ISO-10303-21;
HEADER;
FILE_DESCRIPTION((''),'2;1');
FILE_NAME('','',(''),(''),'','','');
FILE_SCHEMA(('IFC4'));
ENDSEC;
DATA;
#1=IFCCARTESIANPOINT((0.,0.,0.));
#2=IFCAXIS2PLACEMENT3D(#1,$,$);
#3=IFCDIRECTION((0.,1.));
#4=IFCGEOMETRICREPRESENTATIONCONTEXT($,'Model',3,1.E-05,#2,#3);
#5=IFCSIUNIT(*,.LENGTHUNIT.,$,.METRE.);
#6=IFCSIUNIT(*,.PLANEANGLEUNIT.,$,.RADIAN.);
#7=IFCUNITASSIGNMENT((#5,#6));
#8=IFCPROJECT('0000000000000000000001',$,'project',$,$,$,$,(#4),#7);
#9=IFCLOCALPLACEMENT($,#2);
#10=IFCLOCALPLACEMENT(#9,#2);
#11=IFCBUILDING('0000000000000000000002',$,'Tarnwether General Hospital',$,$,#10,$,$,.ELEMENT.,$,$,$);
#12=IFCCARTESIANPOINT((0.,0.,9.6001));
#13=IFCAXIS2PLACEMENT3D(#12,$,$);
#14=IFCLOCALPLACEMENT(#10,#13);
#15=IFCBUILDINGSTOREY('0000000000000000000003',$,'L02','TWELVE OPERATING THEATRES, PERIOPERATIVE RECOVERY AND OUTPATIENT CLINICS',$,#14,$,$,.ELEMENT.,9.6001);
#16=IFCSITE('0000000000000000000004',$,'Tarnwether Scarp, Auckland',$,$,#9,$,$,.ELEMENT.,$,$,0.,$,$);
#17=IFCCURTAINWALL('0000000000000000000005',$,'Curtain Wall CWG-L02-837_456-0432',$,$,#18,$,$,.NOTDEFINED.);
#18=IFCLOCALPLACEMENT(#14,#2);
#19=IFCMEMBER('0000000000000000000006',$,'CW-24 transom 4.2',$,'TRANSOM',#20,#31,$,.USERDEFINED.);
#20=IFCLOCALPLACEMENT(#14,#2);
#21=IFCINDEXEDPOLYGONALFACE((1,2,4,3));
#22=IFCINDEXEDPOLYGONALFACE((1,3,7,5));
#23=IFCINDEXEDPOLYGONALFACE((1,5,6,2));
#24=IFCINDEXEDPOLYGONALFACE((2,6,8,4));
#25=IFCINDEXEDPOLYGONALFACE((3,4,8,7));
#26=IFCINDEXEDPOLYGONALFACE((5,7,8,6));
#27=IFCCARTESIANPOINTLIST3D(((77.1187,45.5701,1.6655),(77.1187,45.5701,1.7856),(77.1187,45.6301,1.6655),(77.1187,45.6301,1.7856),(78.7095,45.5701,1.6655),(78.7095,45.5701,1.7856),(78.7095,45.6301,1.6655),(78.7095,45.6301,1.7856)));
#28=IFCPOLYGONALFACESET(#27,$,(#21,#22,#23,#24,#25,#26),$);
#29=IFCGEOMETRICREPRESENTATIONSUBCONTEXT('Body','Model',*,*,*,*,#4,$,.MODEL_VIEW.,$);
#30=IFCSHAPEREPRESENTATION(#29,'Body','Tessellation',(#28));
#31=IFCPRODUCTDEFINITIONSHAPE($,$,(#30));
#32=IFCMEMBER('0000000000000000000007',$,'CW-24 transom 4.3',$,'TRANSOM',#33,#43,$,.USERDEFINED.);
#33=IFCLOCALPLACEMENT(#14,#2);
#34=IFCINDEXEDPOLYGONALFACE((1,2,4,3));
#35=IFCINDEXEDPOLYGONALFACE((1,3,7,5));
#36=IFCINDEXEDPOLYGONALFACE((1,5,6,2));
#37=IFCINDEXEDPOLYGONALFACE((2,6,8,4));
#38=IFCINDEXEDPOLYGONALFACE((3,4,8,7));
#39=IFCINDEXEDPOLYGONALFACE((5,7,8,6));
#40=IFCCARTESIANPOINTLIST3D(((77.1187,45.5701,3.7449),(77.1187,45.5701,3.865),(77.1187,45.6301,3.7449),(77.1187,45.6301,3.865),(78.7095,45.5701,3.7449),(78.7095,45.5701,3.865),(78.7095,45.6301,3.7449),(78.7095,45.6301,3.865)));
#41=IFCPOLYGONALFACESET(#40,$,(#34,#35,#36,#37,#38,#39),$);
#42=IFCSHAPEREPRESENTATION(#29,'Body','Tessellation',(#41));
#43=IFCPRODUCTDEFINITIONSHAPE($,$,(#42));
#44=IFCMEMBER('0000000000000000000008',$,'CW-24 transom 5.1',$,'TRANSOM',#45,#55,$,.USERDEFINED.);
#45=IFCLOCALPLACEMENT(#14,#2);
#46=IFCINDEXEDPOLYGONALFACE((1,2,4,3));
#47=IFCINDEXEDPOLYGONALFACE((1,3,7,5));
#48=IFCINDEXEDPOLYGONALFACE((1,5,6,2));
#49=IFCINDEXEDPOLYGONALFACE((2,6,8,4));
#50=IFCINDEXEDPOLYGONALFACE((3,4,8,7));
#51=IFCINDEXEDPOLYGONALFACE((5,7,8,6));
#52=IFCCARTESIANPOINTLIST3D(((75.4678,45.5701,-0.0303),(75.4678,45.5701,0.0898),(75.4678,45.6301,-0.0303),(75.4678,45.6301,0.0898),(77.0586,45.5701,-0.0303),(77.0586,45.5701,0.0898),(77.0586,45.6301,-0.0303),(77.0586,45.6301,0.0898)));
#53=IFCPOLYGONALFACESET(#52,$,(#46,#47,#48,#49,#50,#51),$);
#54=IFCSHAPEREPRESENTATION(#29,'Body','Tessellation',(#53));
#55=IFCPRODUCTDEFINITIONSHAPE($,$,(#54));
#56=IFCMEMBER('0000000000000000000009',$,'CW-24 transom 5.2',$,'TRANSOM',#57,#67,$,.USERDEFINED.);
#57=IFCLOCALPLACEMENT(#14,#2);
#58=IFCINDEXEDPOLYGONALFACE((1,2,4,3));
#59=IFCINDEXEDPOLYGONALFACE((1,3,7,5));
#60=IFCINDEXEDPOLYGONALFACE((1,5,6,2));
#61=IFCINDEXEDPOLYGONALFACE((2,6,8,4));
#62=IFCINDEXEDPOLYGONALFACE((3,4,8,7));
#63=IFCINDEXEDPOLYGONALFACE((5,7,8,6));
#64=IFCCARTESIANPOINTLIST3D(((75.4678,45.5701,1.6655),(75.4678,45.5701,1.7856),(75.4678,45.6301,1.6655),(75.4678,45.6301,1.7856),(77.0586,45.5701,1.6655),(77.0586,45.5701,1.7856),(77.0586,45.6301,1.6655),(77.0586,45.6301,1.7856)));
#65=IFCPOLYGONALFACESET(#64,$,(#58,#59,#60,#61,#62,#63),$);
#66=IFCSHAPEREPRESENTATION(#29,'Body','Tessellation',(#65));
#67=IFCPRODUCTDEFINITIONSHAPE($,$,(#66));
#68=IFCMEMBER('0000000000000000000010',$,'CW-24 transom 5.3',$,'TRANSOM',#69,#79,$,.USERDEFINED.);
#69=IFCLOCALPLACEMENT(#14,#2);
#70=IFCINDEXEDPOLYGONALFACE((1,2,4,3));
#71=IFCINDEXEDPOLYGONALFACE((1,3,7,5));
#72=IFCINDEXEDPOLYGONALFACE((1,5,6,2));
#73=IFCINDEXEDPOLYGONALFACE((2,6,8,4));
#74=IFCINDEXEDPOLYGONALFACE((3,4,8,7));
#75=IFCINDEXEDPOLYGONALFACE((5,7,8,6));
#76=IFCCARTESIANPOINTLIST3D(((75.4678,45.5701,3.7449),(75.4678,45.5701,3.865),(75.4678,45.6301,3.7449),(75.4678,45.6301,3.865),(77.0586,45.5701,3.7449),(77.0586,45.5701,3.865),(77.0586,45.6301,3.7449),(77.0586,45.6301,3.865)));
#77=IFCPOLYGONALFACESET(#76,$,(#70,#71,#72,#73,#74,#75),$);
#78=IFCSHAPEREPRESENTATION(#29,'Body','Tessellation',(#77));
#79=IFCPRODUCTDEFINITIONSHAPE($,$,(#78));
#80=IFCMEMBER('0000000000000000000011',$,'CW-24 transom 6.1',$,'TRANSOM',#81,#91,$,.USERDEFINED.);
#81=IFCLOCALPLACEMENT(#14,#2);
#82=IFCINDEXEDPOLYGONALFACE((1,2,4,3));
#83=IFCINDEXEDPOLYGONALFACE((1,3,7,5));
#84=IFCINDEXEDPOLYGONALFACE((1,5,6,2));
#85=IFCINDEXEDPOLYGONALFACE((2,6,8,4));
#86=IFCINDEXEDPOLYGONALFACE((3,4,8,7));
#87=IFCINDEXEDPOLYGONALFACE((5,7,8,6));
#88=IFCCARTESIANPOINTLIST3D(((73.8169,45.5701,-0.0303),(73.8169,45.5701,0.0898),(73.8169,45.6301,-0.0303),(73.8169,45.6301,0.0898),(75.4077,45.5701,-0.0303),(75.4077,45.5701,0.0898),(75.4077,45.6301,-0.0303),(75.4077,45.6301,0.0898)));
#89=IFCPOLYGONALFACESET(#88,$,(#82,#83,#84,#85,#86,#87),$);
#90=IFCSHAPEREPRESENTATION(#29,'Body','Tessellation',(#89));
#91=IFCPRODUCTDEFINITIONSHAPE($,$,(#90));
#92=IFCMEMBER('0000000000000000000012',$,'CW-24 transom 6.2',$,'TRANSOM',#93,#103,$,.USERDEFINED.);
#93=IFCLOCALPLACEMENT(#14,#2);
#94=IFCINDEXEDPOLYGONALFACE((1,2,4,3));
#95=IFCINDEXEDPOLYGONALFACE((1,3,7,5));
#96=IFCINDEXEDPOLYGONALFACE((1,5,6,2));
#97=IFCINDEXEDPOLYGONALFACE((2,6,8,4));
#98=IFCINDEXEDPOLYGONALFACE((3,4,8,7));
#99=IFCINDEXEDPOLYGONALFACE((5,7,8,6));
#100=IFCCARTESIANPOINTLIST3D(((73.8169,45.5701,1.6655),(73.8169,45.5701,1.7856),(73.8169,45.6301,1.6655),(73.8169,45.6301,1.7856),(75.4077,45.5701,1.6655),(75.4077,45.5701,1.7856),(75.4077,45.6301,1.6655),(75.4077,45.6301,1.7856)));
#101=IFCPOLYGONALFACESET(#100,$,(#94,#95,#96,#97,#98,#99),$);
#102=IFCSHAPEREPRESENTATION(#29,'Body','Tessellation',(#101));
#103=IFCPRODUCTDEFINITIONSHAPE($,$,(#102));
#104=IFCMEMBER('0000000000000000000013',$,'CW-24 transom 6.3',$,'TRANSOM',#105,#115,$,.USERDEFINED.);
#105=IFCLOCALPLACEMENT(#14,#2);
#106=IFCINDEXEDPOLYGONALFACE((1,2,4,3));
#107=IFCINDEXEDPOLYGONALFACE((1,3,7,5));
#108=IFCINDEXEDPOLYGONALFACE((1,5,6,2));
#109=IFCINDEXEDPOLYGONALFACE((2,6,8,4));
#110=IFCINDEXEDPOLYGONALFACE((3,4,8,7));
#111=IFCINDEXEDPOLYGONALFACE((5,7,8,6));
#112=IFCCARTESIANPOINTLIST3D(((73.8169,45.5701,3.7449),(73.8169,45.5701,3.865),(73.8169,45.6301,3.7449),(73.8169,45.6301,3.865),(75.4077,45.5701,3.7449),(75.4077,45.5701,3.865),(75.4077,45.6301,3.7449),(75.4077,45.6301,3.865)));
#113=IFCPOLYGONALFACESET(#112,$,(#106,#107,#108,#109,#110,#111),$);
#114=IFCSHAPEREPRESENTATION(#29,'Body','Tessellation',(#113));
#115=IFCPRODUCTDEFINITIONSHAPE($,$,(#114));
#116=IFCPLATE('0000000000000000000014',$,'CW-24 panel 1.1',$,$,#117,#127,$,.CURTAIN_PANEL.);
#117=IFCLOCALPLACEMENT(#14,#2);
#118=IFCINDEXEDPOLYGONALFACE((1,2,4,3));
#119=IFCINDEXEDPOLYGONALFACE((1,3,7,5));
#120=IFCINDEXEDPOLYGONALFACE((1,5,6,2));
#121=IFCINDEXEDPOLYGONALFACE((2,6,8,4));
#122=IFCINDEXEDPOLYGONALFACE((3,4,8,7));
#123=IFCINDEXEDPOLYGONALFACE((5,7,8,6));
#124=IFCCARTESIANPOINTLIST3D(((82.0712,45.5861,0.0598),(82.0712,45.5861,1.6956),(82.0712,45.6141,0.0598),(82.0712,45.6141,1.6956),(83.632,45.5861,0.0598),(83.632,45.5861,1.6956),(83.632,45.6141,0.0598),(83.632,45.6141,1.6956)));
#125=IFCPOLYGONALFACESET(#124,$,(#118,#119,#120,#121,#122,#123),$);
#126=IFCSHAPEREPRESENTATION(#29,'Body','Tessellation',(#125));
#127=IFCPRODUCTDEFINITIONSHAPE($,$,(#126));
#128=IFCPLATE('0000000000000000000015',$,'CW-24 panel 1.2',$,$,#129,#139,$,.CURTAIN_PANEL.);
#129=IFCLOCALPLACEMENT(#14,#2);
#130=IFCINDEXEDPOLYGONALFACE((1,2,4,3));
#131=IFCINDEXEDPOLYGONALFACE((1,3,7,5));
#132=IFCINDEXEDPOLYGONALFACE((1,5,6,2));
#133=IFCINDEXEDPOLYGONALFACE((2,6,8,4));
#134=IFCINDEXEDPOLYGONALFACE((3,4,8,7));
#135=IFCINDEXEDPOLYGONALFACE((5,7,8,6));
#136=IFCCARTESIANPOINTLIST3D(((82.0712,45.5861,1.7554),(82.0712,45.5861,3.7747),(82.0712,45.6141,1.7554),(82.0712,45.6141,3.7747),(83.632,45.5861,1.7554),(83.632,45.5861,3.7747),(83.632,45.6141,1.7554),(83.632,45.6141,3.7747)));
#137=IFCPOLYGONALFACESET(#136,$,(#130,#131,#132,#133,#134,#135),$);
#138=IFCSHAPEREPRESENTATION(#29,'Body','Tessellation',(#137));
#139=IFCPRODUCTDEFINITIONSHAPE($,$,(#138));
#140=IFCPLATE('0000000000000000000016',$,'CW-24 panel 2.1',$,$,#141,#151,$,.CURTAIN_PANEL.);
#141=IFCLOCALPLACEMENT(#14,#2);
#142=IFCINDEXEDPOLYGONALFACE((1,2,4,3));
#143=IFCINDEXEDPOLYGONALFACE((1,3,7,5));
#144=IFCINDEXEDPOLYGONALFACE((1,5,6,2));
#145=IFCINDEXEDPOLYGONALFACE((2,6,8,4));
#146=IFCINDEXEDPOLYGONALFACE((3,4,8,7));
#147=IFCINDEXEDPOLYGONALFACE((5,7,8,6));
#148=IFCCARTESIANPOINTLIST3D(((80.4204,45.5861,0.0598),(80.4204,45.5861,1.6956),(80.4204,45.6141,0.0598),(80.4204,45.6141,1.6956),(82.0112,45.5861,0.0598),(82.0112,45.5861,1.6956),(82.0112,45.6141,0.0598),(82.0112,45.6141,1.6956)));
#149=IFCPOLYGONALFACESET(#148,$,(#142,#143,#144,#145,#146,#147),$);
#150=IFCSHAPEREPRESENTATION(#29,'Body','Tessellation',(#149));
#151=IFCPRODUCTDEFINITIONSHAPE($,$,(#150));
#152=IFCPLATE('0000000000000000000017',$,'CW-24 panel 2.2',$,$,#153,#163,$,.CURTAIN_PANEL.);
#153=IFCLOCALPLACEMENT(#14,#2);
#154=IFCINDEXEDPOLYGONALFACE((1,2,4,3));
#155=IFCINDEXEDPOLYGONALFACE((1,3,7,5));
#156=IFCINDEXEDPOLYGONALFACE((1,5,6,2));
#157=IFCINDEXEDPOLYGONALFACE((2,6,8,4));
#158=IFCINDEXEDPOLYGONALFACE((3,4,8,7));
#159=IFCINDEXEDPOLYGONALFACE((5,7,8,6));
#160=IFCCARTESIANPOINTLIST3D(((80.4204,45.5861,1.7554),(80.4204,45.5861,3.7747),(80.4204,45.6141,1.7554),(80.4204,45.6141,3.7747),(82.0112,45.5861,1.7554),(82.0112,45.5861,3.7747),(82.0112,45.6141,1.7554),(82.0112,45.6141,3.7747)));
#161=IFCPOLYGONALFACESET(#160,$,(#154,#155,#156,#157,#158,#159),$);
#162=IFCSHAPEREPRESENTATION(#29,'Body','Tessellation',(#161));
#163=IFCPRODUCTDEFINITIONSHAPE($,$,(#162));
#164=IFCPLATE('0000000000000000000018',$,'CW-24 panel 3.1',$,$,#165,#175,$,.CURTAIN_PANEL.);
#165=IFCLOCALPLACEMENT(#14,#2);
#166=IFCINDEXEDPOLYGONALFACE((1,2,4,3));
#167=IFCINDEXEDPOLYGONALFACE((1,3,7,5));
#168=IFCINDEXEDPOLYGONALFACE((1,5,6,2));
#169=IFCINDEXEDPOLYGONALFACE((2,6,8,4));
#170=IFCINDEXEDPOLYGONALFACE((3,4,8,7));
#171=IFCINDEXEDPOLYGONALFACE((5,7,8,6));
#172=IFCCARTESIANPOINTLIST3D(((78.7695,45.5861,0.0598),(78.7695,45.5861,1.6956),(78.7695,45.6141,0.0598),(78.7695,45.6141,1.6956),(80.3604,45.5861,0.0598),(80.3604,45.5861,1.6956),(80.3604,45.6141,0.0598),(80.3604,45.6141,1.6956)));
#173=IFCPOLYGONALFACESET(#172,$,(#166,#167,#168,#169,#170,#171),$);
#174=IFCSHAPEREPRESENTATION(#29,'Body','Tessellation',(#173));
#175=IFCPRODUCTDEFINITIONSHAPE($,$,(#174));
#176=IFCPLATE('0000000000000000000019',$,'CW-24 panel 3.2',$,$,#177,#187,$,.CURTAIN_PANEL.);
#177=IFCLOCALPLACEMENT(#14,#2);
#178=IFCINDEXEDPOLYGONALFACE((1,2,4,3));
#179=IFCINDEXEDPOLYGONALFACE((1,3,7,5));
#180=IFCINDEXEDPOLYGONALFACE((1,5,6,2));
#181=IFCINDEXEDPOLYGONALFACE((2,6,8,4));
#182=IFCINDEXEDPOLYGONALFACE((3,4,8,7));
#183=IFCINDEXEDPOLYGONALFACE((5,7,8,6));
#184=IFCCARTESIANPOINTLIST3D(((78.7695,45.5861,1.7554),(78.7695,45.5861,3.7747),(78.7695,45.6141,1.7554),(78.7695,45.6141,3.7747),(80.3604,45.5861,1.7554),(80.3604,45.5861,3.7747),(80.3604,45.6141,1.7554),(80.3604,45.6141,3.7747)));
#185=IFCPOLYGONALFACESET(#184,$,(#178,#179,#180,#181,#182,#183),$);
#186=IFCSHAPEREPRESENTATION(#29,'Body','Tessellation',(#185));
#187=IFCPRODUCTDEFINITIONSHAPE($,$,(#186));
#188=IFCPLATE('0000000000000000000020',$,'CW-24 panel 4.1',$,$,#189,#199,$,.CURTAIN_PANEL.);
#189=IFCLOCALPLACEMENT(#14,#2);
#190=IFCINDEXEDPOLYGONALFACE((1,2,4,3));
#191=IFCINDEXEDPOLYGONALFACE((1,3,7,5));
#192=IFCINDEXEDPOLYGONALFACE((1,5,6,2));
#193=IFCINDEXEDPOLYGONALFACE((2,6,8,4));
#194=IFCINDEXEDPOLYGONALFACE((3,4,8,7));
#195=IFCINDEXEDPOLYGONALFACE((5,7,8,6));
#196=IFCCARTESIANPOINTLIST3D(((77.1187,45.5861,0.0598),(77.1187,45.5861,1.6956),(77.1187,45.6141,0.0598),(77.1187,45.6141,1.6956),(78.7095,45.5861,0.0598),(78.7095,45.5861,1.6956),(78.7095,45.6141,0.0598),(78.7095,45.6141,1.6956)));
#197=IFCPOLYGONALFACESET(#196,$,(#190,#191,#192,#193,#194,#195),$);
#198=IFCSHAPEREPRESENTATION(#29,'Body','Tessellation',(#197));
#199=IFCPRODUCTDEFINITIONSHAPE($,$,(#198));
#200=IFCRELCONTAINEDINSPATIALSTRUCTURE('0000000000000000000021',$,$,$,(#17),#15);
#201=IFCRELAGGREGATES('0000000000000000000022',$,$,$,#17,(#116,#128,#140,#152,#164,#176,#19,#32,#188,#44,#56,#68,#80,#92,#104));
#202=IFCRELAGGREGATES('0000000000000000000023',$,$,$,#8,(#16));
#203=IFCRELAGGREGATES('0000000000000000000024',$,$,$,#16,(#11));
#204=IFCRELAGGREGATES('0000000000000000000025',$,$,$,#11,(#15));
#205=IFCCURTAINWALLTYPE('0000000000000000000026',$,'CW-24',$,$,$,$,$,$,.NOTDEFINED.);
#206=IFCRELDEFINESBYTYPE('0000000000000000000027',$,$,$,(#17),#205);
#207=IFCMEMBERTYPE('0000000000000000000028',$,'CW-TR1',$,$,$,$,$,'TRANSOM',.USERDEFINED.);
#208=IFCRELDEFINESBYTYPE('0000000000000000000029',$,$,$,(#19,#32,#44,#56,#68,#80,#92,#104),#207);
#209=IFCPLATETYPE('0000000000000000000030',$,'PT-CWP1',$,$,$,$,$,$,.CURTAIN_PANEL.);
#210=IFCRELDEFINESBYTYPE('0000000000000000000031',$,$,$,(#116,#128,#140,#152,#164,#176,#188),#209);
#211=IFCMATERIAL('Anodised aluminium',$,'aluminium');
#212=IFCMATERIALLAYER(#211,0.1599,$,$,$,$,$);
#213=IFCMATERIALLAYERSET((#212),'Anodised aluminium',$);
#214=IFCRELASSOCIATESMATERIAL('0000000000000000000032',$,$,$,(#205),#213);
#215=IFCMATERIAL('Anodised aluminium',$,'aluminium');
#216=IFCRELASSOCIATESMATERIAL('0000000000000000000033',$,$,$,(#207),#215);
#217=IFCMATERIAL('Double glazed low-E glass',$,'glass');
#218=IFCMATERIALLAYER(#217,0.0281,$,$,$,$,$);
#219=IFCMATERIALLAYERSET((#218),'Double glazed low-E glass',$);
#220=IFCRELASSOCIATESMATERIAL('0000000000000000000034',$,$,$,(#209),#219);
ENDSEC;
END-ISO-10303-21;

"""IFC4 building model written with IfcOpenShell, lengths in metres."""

from ifc_helpers import new_model, si_unit, direction, frame, origin, origin_2d, place, context, subcontext, project, spatial, rectangle, extrude, material, layer, layer_set, material_profile, profile_set, type_object, element, aggregate, save


model = new_model("IFC4")

# Units and contexts
model_context = context("Model", 3, precision=1e-05, world=origin(), true_north=direction((0.0, 1.0)))
body_context = subcontext(model_context, "Body", "Model", "MODEL_VIEW")
ifc_project = project(units=[si_unit("LENGTHUNIT", "METRE"), si_unit("PLANEANGLEUNIT", "RADIAN")], contexts=[model_context])

# Site, building, storey
site_placement = place(None, origin())
site = spatial("IfcSite", under=ifc_project, at=site_placement, Name="Tarnwether Scarp, Auckland", CompositionType="ELEMENT", RefElevation=0.0)
building_placement = place(site_placement, origin())
building = spatial("IfcBuilding", under=site, at=building_placement, Name="Tarnwether General Hospital", CompositionType="ELEMENT")
storey_placement = place(building_placement, frame((0.0, 0.0, 9.6001)))
storey = spatial("IfcBuildingStorey", under=building, at=storey_placement, Name="L02", Description="TWELVE OPERATING THEATRES, PERIOPERATIVE RECOVERY AND OUTPATIENT CLINICS", CompositionType="ELEMENT", Elevation=9.6001)

# Curtain wall, members, plates
ifc_material_1 = material(Name="Anodised aluminium", Category="aluminium")
ifc_layer_1 = layer(ifc_material_1, 0.1599)
ifc_layer_set_1 = layer_set([ifc_layer_1], Name="Anodised aluminium")
curtain_wall_type = type_object("IfcCurtainWallType", Name="CW-24", PredefinedType="NOTDEFINED", material=ifc_layer_set_1)
curtain_wall_placement = place(storey_placement, origin())
curtain_wall = element("IfcCurtainWall", 1, at=curtain_wall_placement, inside=storey, type_object=curtain_wall_type, Name="Curtain Wall CWG-L02-837_456-0432", PredefinedType="NOTDEFINED")
ifc_material_2 = material(Name="Anodised aluminium", Category="aluminium")
ifc_material_profile_1 = material_profile(ifc_material_2, rectangle(XDim=0.0601, YDim=0.1201, at=origin_2d()), Name="ALU-TRN-60x120")
ifc_profile_set_1 = profile_set([ifc_material_profile_1], Name="Anodised aluminium")
member_type_1 = type_object("IfcMemberType", Name="CW-TR1", ElementType="TRANSOM", PredefinedType="USERDEFINED", material=ifc_profile_set_1)
member_1_placement = place(storey_placement, frame((78.7095, 45.6001, 1.7256), z_axis=(-1.0, 0.0, 0.0), x_axis=(0.0, -1.0, 0.0)))
member_1 = element("IfcMember", 2, at=member_1_placement, type_object=member_type_1, Name="CW-24 transom 4.2", ObjectType="TRANSOM", PredefinedType="USERDEFINED", context=body_context, shape_type="SweptSolid", body=[
    extrude(rectangle(XDim=0.0601, YDim=0.1201, at=origin_2d()), origin(), (0.0, 0.0, 1.0), 1.5908),
])
member_2_placement = place(storey_placement, frame((78.7095, 45.6001, 3.8049), z_axis=(-1.0, 0.0, 0.0), x_axis=(0.0, -1.0, 0.0)))
member_2 = element("IfcMember", 3, at=member_2_placement, type_object=member_type_1, Name="CW-24 transom 4.3", ObjectType="TRANSOM", PredefinedType="USERDEFINED", context=body_context, shape_type="SweptSolid", body=[
    extrude(rectangle(XDim=0.0601, YDim=0.1201, at=origin_2d()), origin(), (0.0, 0.0, 1.0), 1.5908),
])
member_3_placement = place(storey_placement, frame((77.0586, 45.6001, 0.0298), z_axis=(-1.0, 0.0, 0.0), x_axis=(0.0, -1.0, 0.0)))
member_3 = element("IfcMember", 4, at=member_3_placement, type_object=member_type_1, Name="CW-24 transom 5.1", ObjectType="TRANSOM", PredefinedType="USERDEFINED", context=body_context, shape_type="SweptSolid", body=[
    extrude(rectangle(XDim=0.0601, YDim=0.1201, at=origin_2d()), origin(), (0.0, 0.0, 1.0), 1.5908),
])
member_4_placement = place(storey_placement, frame((77.0586, 45.6001, 1.7256), z_axis=(-1.0, 0.0, 0.0), x_axis=(0.0, -1.0, 0.0)))
member_4 = element("IfcMember", 5, at=member_4_placement, type_object=member_type_1, Name="CW-24 transom 5.2", ObjectType="TRANSOM", PredefinedType="USERDEFINED", context=body_context, shape_type="SweptSolid", body=[
    extrude(rectangle(XDim=0.0601, YDim=0.1201, at=origin_2d()), origin(), (0.0, 0.0, 1.0), 1.5908),
])
member_5_placement = place(storey_placement, frame((77.0586, 45.6001, 3.8049), z_axis=(-1.0, 0.0, 0.0), x_axis=(0.0, -1.0, 0.0)))
member_5 = element("IfcMember", 6, at=member_5_placement, type_object=member_type_1, Name="CW-24 transom 5.3", ObjectType="TRANSOM", PredefinedType="USERDEFINED", context=body_context, shape_type="SweptSolid", body=[
    extrude(rectangle(XDim=0.0601, YDim=0.1201, at=origin_2d()), origin(), (0.0, 0.0, 1.0), 1.5908),
])
member_6_placement = place(storey_placement, frame((75.4077, 45.6001, 0.0298), z_axis=(-1.0, 0.0, 0.0), x_axis=(0.0, -1.0, 0.0)))
member_6 = element("IfcMember", 7, at=member_6_placement, type_object=member_type_1, Name="CW-24 transom 6.1", ObjectType="TRANSOM", PredefinedType="USERDEFINED", context=body_context, shape_type="SweptSolid", body=[
    extrude(rectangle(XDim=0.0601, YDim=0.1201, at=origin_2d()), origin(), (0.0, 0.0, 1.0), 1.5908),
])
member_7_placement = place(storey_placement, frame((75.4077, 45.6001, 1.7256), z_axis=(-1.0, 0.0, 0.0), x_axis=(0.0, -1.0, 0.0)))
member_7 = element("IfcMember", 8, at=member_7_placement, type_object=member_type_1, Name="CW-24 transom 6.2", ObjectType="TRANSOM", PredefinedType="USERDEFINED", context=body_context, shape_type="SweptSolid", body=[
    extrude(rectangle(XDim=0.0601, YDim=0.1201, at=origin_2d()), origin(), (0.0, 0.0, 1.0), 1.5908),
])
member_8_placement = place(storey_placement, frame((75.4077, 45.6001, 3.8049), z_axis=(-1.0, 0.0, 0.0), x_axis=(0.0, -1.0, 0.0)))
member_8 = element("IfcMember", 9, at=member_8_placement, type_object=member_type_1, Name="CW-24 transom 6.3", ObjectType="TRANSOM", PredefinedType="USERDEFINED", context=body_context, shape_type="SweptSolid", body=[
    extrude(rectangle(XDim=0.0601, YDim=0.1201, at=origin_2d()), origin(), (0.0, 0.0, 1.0), 1.5908),
])
ifc_material_3 = material(Name="Double glazed low-E glass", Category="glass")
ifc_layer_2 = layer(ifc_material_3, 0.0281)
ifc_layer_set_2 = layer_set([ifc_layer_2], Name="Double glazed low-E glass")
plate_type = type_object("IfcPlateType", Name="PT-CWP1", PredefinedType="CURTAIN_PANEL", material=ifc_layer_set_2)
plate_1_placement = place(storey_placement, frame((82.8516, 45.6001, 0.0598), z_axis=(0.0, 0.0, 1.0), x_axis=(-1.0, 0.0, 0.0)))
plate_1 = element("IfcPlate", 10, at=plate_1_placement, type_object=plate_type, Name="CW-24 panel 1.1", PredefinedType="CURTAIN_PANEL", context=body_context, shape_type="SweptSolid", body=[
    extrude(rectangle(XDim=1.5608, YDim=0.0281, at=origin_2d()), origin(), (0.0, 0.0, 1.0), 1.6357),
])
plate_2_placement = place(storey_placement, frame((82.8516, 45.6001, 1.7554), z_axis=(0.0, 0.0, 1.0), x_axis=(-1.0, 0.0, 0.0)))
plate_2 = element("IfcPlate", 11, at=plate_2_placement, type_object=plate_type, Name="CW-24 panel 1.2", PredefinedType="CURTAIN_PANEL", context=body_context, shape_type="SweptSolid", body=[
    extrude(rectangle(XDim=1.5608, YDim=0.0281, at=origin_2d()), origin(), (0.0, 0.0, 1.0), 2.0193),
])
plate_3_placement = place(storey_placement, frame((81.2158, 45.6001, 0.0598), z_axis=(0.0, 0.0, 1.0), x_axis=(-1.0, 0.0, 0.0)))
plate_3 = element("IfcPlate", 12, at=plate_3_placement, type_object=plate_type, Name="CW-24 panel 2.1", PredefinedType="CURTAIN_PANEL", context=body_context, shape_type="SweptSolid", body=[
    extrude(rectangle(XDim=1.5908, YDim=0.0281, at=origin_2d()), origin(), (0.0, 0.0, 1.0), 1.6357),
])
plate_4_placement = place(storey_placement, frame((81.2158, 45.6001, 1.7554), z_axis=(0.0, 0.0, 1.0), x_axis=(-1.0, 0.0, 0.0)))
plate_4 = element("IfcPlate", 13, at=plate_4_placement, type_object=plate_type, Name="CW-24 panel 2.2", PredefinedType="CURTAIN_PANEL", context=body_context, shape_type="SweptSolid", body=[
    extrude(rectangle(XDim=1.5908, YDim=0.0281, at=origin_2d()), origin(), (0.0, 0.0, 1.0), 2.0193),
])
plate_5_placement = place(storey_placement, frame((79.5649, 45.6001, 0.0598), z_axis=(0.0, 0.0, 1.0), x_axis=(-1.0, 0.0, 0.0)))
plate_5 = element("IfcPlate", 14, at=plate_5_placement, type_object=plate_type, Name="CW-24 panel 3.1", PredefinedType="CURTAIN_PANEL", context=body_context, shape_type="SweptSolid", body=[
    extrude(rectangle(XDim=1.5908, YDim=0.0281, at=origin_2d()), origin(), (0.0, 0.0, 1.0), 1.6357),
])
plate_6_placement = place(storey_placement, frame((79.5649, 45.6001, 1.7554), z_axis=(0.0, 0.0, 1.0), x_axis=(-1.0, 0.0, 0.0)))
plate_6 = element("IfcPlate", 15, at=plate_6_placement, type_object=plate_type, Name="CW-24 panel 3.2", PredefinedType="CURTAIN_PANEL", context=body_context, shape_type="SweptSolid", body=[
    extrude(rectangle(XDim=1.5908, YDim=0.0281, at=origin_2d()), origin(), (0.0, 0.0, 1.0), 2.0193),
])
plate_7_placement = place(storey_placement, frame((77.9141, 45.6001, 0.0598), z_axis=(0.0, 0.0, 1.0), x_axis=(-1.0, 0.0, 0.0)))
plate_7 = element("IfcPlate", 16, at=plate_7_placement, type_object=plate_type, Name="CW-24 panel 4.1", PredefinedType="CURTAIN_PANEL", context=body_context, shape_type="SweptSolid", body=[
    extrude(rectangle(XDim=1.5908, YDim=0.0281, at=origin_2d()), origin(), (0.0, 0.0, 1.0), 1.6357),
])
aggregate(curtain_wall, [plate_1, plate_2, plate_3, plate_4, plate_5, plate_6, member_1, member_2, plate_7, member_3, member_4, member_5, member_6, member_7, member_8])

save(model, "model.ifc")
